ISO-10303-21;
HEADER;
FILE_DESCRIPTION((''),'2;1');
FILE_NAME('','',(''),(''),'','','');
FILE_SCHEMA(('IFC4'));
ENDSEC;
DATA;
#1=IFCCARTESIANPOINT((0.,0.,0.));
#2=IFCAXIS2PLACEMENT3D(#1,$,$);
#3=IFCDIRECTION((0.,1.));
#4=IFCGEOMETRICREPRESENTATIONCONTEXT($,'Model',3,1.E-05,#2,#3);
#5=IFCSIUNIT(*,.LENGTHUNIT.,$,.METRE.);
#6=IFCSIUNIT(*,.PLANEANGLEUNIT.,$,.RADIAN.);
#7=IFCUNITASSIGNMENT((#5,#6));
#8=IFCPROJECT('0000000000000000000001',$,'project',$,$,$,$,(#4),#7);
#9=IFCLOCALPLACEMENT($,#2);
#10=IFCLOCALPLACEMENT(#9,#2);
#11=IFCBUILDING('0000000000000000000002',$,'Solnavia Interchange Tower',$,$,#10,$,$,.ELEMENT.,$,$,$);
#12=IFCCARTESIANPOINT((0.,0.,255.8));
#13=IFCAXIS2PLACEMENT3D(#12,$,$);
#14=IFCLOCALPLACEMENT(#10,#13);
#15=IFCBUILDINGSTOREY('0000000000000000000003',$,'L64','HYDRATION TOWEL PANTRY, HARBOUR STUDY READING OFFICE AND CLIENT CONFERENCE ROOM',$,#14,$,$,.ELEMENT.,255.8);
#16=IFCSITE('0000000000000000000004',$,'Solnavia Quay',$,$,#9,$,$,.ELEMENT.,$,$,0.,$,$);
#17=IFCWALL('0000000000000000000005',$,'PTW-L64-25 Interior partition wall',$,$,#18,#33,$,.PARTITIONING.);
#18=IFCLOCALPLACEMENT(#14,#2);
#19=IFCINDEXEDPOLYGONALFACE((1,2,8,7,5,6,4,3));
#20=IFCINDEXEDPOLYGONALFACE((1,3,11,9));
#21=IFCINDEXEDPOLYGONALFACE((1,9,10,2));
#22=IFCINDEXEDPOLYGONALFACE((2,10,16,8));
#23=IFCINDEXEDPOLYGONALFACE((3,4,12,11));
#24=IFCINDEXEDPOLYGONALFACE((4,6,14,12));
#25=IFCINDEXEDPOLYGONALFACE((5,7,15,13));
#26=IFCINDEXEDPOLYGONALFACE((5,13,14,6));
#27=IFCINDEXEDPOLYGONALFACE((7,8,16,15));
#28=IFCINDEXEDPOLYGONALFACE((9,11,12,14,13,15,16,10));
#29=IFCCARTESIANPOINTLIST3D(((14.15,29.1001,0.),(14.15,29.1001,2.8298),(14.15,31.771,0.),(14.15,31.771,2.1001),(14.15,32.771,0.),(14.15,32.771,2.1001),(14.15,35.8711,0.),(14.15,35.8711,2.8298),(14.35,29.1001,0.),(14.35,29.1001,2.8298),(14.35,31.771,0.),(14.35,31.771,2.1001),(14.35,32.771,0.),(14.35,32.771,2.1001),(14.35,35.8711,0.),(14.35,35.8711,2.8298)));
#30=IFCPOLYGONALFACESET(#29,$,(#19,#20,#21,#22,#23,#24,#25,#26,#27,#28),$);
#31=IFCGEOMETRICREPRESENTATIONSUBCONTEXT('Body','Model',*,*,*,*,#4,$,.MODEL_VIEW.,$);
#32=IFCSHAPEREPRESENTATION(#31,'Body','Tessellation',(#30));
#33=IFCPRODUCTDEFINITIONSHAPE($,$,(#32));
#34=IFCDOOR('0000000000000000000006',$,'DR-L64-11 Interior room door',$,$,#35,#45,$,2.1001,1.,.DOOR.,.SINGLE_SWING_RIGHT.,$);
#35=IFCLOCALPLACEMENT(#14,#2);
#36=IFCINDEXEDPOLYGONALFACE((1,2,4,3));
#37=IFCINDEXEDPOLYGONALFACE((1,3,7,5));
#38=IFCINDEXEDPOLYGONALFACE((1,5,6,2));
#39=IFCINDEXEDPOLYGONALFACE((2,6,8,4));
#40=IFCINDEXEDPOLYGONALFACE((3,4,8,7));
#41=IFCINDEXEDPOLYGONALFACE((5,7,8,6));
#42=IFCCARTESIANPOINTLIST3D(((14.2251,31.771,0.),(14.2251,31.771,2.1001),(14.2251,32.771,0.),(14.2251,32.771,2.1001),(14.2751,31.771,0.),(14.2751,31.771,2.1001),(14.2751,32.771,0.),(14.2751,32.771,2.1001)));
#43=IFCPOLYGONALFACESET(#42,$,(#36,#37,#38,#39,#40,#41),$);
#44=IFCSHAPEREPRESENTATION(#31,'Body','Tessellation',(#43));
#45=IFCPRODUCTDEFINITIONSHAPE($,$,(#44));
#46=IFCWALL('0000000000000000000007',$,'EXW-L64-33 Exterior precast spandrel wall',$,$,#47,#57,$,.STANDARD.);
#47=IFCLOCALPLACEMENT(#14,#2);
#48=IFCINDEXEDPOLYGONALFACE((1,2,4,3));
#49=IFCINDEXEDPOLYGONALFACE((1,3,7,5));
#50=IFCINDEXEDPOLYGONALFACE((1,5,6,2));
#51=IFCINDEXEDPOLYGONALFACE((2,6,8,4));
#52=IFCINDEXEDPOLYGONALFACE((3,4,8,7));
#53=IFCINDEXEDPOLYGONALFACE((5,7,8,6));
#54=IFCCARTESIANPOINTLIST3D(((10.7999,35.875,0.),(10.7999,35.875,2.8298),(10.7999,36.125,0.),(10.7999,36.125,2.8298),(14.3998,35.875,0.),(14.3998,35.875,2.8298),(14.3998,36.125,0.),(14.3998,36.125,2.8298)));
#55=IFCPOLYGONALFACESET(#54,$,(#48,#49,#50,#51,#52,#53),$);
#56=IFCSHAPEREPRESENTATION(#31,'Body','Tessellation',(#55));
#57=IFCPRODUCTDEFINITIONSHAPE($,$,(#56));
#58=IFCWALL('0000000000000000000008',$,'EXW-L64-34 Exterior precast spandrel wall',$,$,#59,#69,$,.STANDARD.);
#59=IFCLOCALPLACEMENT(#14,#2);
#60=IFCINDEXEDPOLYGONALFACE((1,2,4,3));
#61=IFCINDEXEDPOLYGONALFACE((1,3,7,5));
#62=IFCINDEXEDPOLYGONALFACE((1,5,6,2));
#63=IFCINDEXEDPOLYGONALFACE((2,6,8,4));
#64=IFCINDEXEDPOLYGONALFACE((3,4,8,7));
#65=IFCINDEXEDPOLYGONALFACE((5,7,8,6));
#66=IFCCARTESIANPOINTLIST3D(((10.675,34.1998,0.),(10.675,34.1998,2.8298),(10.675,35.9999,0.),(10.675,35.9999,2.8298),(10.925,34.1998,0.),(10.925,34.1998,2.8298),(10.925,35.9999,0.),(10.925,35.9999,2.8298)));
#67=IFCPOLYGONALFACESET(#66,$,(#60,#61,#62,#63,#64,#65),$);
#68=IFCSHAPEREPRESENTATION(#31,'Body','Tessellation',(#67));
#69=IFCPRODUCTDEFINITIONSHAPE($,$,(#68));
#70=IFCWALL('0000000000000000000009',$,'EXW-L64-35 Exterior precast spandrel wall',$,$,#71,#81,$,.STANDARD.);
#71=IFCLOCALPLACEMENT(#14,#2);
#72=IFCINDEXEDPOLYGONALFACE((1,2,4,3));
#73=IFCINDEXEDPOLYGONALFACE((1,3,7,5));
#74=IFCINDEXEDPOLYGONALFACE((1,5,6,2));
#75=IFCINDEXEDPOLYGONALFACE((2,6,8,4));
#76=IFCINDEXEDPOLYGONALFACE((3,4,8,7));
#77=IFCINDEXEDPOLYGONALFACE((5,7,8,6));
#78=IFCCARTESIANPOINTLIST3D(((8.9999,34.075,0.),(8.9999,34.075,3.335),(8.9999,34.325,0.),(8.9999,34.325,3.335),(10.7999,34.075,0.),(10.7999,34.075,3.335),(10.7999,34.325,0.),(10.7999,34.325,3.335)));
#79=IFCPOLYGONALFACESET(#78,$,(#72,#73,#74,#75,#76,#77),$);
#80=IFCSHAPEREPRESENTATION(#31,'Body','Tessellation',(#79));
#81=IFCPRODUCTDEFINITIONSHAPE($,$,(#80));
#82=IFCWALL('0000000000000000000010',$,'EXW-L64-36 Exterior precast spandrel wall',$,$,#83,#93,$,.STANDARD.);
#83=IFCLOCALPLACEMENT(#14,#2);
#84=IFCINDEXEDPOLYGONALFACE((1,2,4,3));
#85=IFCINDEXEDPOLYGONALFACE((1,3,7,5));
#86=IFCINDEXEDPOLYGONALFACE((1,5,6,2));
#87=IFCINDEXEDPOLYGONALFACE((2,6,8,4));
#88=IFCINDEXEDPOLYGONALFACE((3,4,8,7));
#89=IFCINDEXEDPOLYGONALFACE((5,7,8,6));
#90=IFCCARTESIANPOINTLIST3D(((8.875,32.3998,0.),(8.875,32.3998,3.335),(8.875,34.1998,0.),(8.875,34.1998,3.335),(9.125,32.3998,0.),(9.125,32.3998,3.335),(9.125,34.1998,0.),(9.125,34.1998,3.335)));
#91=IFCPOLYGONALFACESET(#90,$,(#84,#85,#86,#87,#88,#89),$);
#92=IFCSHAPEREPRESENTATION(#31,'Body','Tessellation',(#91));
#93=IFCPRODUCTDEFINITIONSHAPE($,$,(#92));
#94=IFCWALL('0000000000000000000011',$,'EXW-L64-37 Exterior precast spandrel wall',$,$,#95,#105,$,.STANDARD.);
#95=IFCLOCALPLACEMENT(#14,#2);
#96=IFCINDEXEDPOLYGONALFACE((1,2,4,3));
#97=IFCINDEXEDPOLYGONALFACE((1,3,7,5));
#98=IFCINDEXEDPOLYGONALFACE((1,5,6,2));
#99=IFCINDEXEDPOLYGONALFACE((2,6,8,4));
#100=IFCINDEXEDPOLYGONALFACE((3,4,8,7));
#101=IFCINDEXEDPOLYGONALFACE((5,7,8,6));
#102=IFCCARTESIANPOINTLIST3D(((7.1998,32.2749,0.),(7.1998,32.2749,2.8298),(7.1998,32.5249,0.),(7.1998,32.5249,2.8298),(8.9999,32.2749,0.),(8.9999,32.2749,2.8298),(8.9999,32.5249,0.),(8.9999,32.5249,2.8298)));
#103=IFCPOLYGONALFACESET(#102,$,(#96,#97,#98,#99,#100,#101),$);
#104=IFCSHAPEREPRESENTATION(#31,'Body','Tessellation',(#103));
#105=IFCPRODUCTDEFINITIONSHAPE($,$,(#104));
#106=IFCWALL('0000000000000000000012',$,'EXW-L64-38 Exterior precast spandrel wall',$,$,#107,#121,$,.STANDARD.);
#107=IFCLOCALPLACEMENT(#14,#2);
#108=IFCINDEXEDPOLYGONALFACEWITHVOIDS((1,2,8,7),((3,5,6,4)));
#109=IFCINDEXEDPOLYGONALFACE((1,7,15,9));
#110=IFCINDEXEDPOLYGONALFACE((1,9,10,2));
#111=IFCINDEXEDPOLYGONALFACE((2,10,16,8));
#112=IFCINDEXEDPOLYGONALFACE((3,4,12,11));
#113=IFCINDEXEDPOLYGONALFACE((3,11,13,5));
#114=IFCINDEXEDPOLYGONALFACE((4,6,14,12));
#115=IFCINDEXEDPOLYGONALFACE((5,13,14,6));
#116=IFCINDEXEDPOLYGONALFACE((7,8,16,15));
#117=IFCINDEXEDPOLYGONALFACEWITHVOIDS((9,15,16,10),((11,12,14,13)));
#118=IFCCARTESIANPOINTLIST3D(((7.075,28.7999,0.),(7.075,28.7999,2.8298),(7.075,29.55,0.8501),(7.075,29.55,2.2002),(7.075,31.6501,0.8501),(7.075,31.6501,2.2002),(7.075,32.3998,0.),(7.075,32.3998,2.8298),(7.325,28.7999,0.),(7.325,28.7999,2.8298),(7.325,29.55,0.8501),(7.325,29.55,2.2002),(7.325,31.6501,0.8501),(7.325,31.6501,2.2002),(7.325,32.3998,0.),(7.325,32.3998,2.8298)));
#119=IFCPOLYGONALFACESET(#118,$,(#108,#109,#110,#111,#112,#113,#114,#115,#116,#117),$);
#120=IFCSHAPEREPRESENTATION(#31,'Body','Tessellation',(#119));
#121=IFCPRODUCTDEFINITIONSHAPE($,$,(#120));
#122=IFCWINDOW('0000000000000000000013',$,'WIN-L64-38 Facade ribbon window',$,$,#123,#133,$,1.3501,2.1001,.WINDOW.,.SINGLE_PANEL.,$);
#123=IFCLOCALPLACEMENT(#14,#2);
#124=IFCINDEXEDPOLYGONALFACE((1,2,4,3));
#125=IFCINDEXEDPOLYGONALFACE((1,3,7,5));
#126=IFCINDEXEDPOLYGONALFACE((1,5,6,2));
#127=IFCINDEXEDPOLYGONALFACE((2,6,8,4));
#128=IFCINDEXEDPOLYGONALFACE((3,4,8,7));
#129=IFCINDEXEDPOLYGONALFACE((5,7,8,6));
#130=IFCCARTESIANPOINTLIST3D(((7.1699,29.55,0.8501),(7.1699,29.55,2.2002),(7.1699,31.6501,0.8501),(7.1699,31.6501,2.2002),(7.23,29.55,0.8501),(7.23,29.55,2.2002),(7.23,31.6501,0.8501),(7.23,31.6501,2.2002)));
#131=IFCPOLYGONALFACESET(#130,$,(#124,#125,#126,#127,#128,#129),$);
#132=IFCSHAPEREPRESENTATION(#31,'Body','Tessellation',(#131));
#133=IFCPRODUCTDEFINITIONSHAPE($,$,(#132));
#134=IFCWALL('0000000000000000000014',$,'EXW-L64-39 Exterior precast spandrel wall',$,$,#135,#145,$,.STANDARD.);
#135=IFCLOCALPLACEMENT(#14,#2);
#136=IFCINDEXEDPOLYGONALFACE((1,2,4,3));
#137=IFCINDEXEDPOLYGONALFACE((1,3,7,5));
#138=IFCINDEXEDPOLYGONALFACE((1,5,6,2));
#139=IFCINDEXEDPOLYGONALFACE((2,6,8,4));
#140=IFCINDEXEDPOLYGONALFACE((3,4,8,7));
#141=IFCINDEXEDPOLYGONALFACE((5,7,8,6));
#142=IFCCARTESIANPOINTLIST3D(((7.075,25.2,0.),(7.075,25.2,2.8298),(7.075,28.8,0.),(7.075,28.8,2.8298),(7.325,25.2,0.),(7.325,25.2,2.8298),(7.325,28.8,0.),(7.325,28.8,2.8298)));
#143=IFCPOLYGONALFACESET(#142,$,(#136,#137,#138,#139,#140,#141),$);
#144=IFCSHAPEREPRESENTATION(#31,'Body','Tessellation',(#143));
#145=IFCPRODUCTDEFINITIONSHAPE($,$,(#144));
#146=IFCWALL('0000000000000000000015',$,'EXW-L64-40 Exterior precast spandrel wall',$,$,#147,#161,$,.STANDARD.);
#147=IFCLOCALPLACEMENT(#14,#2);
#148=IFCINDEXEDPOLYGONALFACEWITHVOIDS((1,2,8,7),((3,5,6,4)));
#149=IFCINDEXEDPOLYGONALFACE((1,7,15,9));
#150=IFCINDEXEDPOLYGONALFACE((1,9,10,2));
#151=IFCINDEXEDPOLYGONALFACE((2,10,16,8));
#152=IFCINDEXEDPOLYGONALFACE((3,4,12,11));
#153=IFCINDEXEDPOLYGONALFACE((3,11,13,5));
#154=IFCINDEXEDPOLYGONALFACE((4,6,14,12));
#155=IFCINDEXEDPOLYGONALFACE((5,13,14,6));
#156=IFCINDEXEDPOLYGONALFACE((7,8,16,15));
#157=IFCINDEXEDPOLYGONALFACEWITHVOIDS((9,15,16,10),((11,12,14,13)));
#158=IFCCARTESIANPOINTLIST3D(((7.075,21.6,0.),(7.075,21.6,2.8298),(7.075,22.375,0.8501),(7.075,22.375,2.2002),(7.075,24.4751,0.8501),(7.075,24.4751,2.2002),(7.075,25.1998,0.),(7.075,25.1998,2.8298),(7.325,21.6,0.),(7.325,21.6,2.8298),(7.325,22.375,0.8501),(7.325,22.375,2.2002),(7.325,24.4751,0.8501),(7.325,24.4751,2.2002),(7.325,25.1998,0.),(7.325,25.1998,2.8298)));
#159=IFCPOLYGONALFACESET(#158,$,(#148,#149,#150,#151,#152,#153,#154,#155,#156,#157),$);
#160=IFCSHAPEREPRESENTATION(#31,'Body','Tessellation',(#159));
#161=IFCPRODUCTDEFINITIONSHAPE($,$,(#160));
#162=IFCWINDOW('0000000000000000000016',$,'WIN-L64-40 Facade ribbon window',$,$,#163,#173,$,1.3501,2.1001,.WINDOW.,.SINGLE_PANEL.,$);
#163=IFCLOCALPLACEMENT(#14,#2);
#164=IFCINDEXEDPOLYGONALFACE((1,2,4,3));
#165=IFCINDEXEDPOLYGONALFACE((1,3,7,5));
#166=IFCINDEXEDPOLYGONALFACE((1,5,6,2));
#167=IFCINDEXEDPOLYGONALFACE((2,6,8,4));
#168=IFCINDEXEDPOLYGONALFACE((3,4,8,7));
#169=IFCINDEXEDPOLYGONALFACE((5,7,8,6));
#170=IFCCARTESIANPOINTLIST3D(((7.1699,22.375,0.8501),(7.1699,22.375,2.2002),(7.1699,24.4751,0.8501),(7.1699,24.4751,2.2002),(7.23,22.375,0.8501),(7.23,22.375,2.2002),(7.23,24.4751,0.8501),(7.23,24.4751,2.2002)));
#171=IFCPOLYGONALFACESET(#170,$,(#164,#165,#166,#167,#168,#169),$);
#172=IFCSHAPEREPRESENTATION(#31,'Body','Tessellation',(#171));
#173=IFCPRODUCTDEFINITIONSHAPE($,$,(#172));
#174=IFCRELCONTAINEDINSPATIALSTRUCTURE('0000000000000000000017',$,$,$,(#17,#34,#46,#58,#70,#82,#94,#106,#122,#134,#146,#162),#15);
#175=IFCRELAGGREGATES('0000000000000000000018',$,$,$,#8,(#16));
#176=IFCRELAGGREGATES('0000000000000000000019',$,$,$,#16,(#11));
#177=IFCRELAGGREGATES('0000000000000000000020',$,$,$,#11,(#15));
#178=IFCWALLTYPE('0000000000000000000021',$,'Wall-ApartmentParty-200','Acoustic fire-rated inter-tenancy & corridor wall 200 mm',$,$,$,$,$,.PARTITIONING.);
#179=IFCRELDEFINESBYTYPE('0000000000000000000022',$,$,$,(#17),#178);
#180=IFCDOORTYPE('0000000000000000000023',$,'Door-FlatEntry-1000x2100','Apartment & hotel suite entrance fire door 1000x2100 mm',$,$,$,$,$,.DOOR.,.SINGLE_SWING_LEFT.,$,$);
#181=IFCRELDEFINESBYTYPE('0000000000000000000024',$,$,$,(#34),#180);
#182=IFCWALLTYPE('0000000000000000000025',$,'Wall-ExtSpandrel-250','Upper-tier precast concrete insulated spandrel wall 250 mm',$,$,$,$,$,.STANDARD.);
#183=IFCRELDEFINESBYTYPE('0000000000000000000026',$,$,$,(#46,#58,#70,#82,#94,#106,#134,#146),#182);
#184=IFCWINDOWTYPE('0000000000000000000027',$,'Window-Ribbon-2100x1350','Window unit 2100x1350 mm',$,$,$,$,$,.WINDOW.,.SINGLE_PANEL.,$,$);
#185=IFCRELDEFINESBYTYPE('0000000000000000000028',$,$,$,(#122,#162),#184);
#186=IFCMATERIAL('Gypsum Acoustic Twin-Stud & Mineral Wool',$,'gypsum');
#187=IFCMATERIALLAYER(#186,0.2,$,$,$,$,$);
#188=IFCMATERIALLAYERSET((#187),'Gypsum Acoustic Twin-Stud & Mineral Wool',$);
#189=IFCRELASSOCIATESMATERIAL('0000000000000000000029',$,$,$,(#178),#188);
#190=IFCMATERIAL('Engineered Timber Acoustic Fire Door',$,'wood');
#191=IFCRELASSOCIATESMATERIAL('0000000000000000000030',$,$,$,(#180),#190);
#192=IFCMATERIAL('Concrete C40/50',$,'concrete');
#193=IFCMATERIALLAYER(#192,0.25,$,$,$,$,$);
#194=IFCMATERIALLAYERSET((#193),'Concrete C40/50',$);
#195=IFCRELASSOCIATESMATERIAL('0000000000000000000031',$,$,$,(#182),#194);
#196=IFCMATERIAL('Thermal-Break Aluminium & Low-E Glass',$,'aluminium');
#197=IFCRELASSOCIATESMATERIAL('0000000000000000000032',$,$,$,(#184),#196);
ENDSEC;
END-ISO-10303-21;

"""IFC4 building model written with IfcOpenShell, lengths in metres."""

from ifc_helpers import new_model, si_unit, direction, frame, frame_2d, origin, place, context, subcontext, project, spatial, rectangle, extrude, material, layer, layer_set, type_object, element, fill, save


model = new_model("IFC4")

# Units and contexts
model_context = context("Model", 3, precision=1e-05, world=origin(), true_north=direction((0.0, 1.0)))
body_context = subcontext(model_context, "Body", "Model", "MODEL_VIEW")
ifc_project = project(units=[si_unit("LENGTHUNIT", "METRE"), si_unit("PLANEANGLEUNIT", "RADIAN")], contexts=[model_context])

# Site, building, storey
site_placement = place(None, origin())
site = spatial("IfcSite", under=ifc_project, at=site_placement, Name="Solnavia Quay", CompositionType="ELEMENT", RefElevation=0.0)
building_placement = place(site_placement, origin())
building = spatial("IfcBuilding", under=site, at=building_placement, Name="Solnavia Interchange Tower", CompositionType="ELEMENT")
storey_placement = place(building_placement, frame((0.0, 0.0, 255.8)))
storey = spatial("IfcBuildingStorey", under=building, at=storey_placement, Name="L64", Description="HYDRATION TOWEL PANTRY, HARBOUR STUDY READING OFFICE AND CLIENT CONFERENCE ROOM", CompositionType="ELEMENT", Elevation=255.8)

# Shared definitions
ifc_material_1 = material(Name="Gypsum Acoustic Twin-Stud & Mineral Wool", Category="gypsum")
ifc_layer_1 = layer(ifc_material_1, 0.2)
ifc_layer_set_1 = layer_set([ifc_layer_1], Name="Gypsum Acoustic Twin-Stud & Mineral Wool")
wall_type_1 = type_object("IfcWallType", Name="Wall-ApartmentParty-200", Description="Acoustic fire-rated inter-tenancy & corridor wall 200 mm", PredefinedType="PARTITIONING", material=ifc_layer_set_1)

# Wall, opening, door
wall_1_placement = place(storey_placement, frame((14.25, 29.1001, 0.0), z_axis=(0.0, 0.0, 1.0), x_axis=(0.0, 1.0, 0.0)))
wall_1 = element("IfcWall", 1, at=wall_1_placement, inside=storey, type_object=wall_type_1, Name="PTW-L64-25 Interior partition wall", PredefinedType="PARTITIONING", context=body_context, shape_type="SweptSolid", body=[
    extrude(rectangle(XDim=6.771, YDim=0.2, at=frame_2d((3.3855, 0.0))), origin(), (0.0, 0.0, 1.0), 2.8298),
])
opening_1_placement = place(wall_1_placement, frame((2.6709, 0.0, 0.0)))
opening_1 = element("IfcOpeningElement", 2, at=opening_1_placement, cuts=wall_1, PredefinedType="OPENING", context=body_context, shape_type="SweptSolid", body=[
    extrude(rectangle(XDim=1.0, YDim=2.1001, at=frame_2d((0.5, 1.05))), frame((0.0, 0.1099, 0.0), z_axis=(0.0, -1.0, 0.0), x_axis=(1.0, 0.0, 0.0)), (0.0, 0.0, 1.0), 0.22),
])
ifc_material_2 = material(Name="Engineered Timber Acoustic Fire Door", Category="wood")
door_type_1 = type_object("IfcDoorType", Name="Door-FlatEntry-1000x2100", Description="Apartment & hotel suite entrance fire door 1000x2100 mm", OperationType="SINGLE_SWING_LEFT", PredefinedType="DOOR", material=ifc_material_2)
door_1_placement = place(opening_1_placement, origin())
door_1 = element("IfcDoor", 3, at=door_1_placement, inside=storey, type_object=door_type_1, Name="DR-L64-11 Interior room door", OperationType="SINGLE_SWING_RIGHT", OverallHeight=2.1001, OverallWidth=1.0, PredefinedType="DOOR", context=body_context, shape_type="SweptSolid", body=[
    extrude(rectangle(XDim=1.0, YDim=2.1001, at=frame_2d((0.5, 1.05))), frame((0.0, 0.0249, 0.0), z_axis=(0.0, -1.0, 0.0), x_axis=(1.0, 0.0, 0.0)), (0.0, 0.0, 1.0), 0.05),
])
fill(opening_1, door_1)

# Walls
ifc_material_3 = material(Name="Concrete C40/50", Category="concrete")
ifc_layer_2 = layer(ifc_material_3, 0.25)
ifc_layer_set_2 = layer_set([ifc_layer_2], Name="Concrete C40/50")
wall_type_2 = type_object("IfcWallType", Name="Wall-ExtSpandrel-250", Description="Upper-tier precast concrete insulated spandrel wall 250 mm", PredefinedType="STANDARD", material=ifc_layer_set_2)
wall_2_placement = place(storey_placement, frame((10.8, 36.0, 0.0), z_axis=(0.0, 0.0, 1.0), x_axis=(1.0, 0.0, 0.0)))
element("IfcWall", 4, at=wall_2_placement, inside=storey, type_object=wall_type_2, Name="EXW-L64-33 Exterior precast spandrel wall", PredefinedType="STANDARD", context=body_context, shape_type="SweptSolid", body=[
    extrude(rectangle(XDim=3.5999, YDim=0.25, at=frame_2d((1.7998, 0.0))), origin(), (0.0, 0.0, 1.0), 2.8298),
])
wall_3_placement = place(storey_placement, frame((10.8, 34.2, 0.0), z_axis=(0.0, 0.0, 1.0), x_axis=(0.0, 1.0, 0.0)))
element("IfcWall", 5, at=wall_3_placement, inside=storey, type_object=wall_type_2, Name="EXW-L64-34 Exterior precast spandrel wall", PredefinedType="STANDARD", context=body_context, shape_type="SweptSolid", body=[
    extrude(rectangle(XDim=1.8, YDim=0.25, at=frame_2d((0.8999, 0.0))), origin(), (0.0, 0.0, 1.0), 2.8298),
])
for number, where, z_axis, x_axis, name in (
    (6, (9.0, 34.2, 0.0), (0.0, 0.0, 1.0), (1.0, 0.0, 0.0), "EXW-L64-35 Exterior precast spandrel wall"),
    (7, (9.0, 32.3999, 0.0), (0.0, 0.0, 1.0), (0.0, 1.0, 0.0), "EXW-L64-36 Exterior precast spandrel wall"),
):
    element("IfcWall", number, at=place(storey_placement, frame(where, z_axis=z_axis, x_axis=x_axis)), inside=storey, type_object=wall_type_2, Name=name, PredefinedType="STANDARD", context=body_context, shape_type="SweptSolid", body=[
        extrude(rectangle(XDim=1.8, YDim=0.25, at=frame_2d((0.8999, 0.0))), origin(), (0.0, 0.0, 1.0), 3.335),
    ])
wall_4_placement = place(storey_placement, frame((7.2, 32.3999, 0.0), z_axis=(0.0, 0.0, 1.0), x_axis=(1.0, 0.0, 0.0)))
element("IfcWall", 8, at=wall_4_placement, inside=storey, type_object=wall_type_2, Name="EXW-L64-37 Exterior precast spandrel wall", PredefinedType="STANDARD", context=body_context, shape_type="SweptSolid", body=[
    extrude(rectangle(XDim=1.8, YDim=0.25, at=frame_2d((0.8999, 0.0))), origin(), (0.0, 0.0, 1.0), 2.8298),
])

# Wall, opening, window
wall_5_placement = place(storey_placement, frame((7.2, 28.8, 0.0), z_axis=(0.0, 0.0, 1.0), x_axis=(0.0, 1.0, 0.0)))
wall_5 = element("IfcWall", 9, at=wall_5_placement, inside=storey, type_object=wall_type_2, Name="EXW-L64-38 Exterior precast spandrel wall", PredefinedType="STANDARD", context=body_context, shape_type="SweptSolid", body=[
    extrude(rectangle(XDim=3.5999, YDim=0.25, at=frame_2d((1.7998, 0.0))), origin(), (0.0, 0.0, 1.0), 2.8298),
])
opening_2_placement = place(wall_5_placement, frame((0.75, 0.0, 0.8501)))
opening_2 = element("IfcOpeningElement", 10, at=opening_2_placement, cuts=wall_5, PredefinedType="OPENING", context=body_context, shape_type="SweptSolid", body=[
    extrude(rectangle(XDim=2.1001, YDim=1.3501, at=frame_2d((1.05, 0.675))), frame((0.0, 0.135, 0.0), z_axis=(0.0, -1.0, 0.0), x_axis=(1.0, 0.0, 0.0)), (0.0, 0.0, 1.0), 0.27),
])
ifc_material_4 = material(Name="Thermal-Break Aluminium & Low-E Glass", Category="aluminium")
window_type = type_object("IfcWindowType", Name="Window-Ribbon-2100x1350", Description="Window unit 2100x1350 mm", PartitioningType="SINGLE_PANEL", PredefinedType="WINDOW", material=ifc_material_4)
window_1_placement = place(opening_2_placement, origin())
window_1 = element("IfcWindow", 11, at=window_1_placement, inside=storey, type_object=window_type, Name="WIN-L64-38 Facade ribbon window", OverallHeight=1.3501, OverallWidth=2.1001, PartitioningType="SINGLE_PANEL", PredefinedType="WINDOW", context=body_context, shape_type="SweptSolid", body=[
    extrude(rectangle(XDim=2.1001, YDim=1.3501, at=frame_2d((1.05, 0.675))), frame((0.0, 0.03, 0.0), z_axis=(0.0, -1.0, 0.0), x_axis=(1.0, 0.0, 0.0)), (0.0, 0.0, 1.0), 0.0601),
])
fill(opening_2, window_1)

# Wall
wall_6_placement = place(storey_placement, frame((7.2, 25.2, 0.0), z_axis=(0.0, 0.0, 1.0), x_axis=(0.0, 1.0, 0.0)))
element("IfcWall", 12, at=wall_6_placement, inside=storey, type_object=wall_type_2, Name="EXW-L64-39 Exterior precast spandrel wall", PredefinedType="STANDARD", context=body_context, shape_type="SweptSolid", body=[
    extrude(rectangle(XDim=3.6001, YDim=0.25, at=frame_2d((1.8, 0.0))), origin(), (0.0, 0.0, 1.0), 2.8298),
])

# Wall, opening, window
wall_7_placement = place(storey_placement, frame((7.2, 21.6001, 0.0), z_axis=(0.0, 0.0, 1.0), x_axis=(0.0, 1.0, 0.0)))
wall_7 = element("IfcWall", 13, at=wall_7_placement, inside=storey, type_object=wall_type_2, Name="EXW-L64-40 Exterior precast spandrel wall", PredefinedType="STANDARD", context=body_context, shape_type="SweptSolid", body=[
    extrude(rectangle(XDim=3.5999, YDim=0.25, at=frame_2d((1.7998, 0.0))), origin(), (0.0, 0.0, 1.0), 2.8298),
])
opening_3_placement = place(wall_7_placement, frame((0.7749, 0.0, 0.8501)))
opening_3 = element("IfcOpeningElement", 14, at=opening_3_placement, cuts=wall_7, PredefinedType="OPENING", context=body_context, shape_type="SweptSolid", body=[
    extrude(rectangle(XDim=2.1001, YDim=1.3501, at=frame_2d((1.05, 0.675))), frame((0.0, 0.135, 0.0), z_axis=(0.0, -1.0, 0.0), x_axis=(1.0, 0.0, 0.0)), (0.0, 0.0, 1.0), 0.27),
])
window_2_placement = place(opening_3_placement, origin())
window_2 = element("IfcWindow", 15, at=window_2_placement, inside=storey, type_object=window_type, Name="WIN-L64-40 Facade ribbon window", OverallHeight=1.3501, OverallWidth=2.1001, PartitioningType="SINGLE_PANEL", PredefinedType="WINDOW", context=body_context, shape_type="SweptSolid", body=[
    extrude(rectangle(XDim=2.1001, YDim=1.3501, at=frame_2d((1.05, 0.675))), frame((0.0, 0.03, 0.0), z_axis=(0.0, -1.0, 0.0), x_axis=(1.0, 0.0, 0.0)), (0.0, 0.0, 1.0), 0.0601),
])
fill(opening_3, window_2)

save(model, "model.ifc")
